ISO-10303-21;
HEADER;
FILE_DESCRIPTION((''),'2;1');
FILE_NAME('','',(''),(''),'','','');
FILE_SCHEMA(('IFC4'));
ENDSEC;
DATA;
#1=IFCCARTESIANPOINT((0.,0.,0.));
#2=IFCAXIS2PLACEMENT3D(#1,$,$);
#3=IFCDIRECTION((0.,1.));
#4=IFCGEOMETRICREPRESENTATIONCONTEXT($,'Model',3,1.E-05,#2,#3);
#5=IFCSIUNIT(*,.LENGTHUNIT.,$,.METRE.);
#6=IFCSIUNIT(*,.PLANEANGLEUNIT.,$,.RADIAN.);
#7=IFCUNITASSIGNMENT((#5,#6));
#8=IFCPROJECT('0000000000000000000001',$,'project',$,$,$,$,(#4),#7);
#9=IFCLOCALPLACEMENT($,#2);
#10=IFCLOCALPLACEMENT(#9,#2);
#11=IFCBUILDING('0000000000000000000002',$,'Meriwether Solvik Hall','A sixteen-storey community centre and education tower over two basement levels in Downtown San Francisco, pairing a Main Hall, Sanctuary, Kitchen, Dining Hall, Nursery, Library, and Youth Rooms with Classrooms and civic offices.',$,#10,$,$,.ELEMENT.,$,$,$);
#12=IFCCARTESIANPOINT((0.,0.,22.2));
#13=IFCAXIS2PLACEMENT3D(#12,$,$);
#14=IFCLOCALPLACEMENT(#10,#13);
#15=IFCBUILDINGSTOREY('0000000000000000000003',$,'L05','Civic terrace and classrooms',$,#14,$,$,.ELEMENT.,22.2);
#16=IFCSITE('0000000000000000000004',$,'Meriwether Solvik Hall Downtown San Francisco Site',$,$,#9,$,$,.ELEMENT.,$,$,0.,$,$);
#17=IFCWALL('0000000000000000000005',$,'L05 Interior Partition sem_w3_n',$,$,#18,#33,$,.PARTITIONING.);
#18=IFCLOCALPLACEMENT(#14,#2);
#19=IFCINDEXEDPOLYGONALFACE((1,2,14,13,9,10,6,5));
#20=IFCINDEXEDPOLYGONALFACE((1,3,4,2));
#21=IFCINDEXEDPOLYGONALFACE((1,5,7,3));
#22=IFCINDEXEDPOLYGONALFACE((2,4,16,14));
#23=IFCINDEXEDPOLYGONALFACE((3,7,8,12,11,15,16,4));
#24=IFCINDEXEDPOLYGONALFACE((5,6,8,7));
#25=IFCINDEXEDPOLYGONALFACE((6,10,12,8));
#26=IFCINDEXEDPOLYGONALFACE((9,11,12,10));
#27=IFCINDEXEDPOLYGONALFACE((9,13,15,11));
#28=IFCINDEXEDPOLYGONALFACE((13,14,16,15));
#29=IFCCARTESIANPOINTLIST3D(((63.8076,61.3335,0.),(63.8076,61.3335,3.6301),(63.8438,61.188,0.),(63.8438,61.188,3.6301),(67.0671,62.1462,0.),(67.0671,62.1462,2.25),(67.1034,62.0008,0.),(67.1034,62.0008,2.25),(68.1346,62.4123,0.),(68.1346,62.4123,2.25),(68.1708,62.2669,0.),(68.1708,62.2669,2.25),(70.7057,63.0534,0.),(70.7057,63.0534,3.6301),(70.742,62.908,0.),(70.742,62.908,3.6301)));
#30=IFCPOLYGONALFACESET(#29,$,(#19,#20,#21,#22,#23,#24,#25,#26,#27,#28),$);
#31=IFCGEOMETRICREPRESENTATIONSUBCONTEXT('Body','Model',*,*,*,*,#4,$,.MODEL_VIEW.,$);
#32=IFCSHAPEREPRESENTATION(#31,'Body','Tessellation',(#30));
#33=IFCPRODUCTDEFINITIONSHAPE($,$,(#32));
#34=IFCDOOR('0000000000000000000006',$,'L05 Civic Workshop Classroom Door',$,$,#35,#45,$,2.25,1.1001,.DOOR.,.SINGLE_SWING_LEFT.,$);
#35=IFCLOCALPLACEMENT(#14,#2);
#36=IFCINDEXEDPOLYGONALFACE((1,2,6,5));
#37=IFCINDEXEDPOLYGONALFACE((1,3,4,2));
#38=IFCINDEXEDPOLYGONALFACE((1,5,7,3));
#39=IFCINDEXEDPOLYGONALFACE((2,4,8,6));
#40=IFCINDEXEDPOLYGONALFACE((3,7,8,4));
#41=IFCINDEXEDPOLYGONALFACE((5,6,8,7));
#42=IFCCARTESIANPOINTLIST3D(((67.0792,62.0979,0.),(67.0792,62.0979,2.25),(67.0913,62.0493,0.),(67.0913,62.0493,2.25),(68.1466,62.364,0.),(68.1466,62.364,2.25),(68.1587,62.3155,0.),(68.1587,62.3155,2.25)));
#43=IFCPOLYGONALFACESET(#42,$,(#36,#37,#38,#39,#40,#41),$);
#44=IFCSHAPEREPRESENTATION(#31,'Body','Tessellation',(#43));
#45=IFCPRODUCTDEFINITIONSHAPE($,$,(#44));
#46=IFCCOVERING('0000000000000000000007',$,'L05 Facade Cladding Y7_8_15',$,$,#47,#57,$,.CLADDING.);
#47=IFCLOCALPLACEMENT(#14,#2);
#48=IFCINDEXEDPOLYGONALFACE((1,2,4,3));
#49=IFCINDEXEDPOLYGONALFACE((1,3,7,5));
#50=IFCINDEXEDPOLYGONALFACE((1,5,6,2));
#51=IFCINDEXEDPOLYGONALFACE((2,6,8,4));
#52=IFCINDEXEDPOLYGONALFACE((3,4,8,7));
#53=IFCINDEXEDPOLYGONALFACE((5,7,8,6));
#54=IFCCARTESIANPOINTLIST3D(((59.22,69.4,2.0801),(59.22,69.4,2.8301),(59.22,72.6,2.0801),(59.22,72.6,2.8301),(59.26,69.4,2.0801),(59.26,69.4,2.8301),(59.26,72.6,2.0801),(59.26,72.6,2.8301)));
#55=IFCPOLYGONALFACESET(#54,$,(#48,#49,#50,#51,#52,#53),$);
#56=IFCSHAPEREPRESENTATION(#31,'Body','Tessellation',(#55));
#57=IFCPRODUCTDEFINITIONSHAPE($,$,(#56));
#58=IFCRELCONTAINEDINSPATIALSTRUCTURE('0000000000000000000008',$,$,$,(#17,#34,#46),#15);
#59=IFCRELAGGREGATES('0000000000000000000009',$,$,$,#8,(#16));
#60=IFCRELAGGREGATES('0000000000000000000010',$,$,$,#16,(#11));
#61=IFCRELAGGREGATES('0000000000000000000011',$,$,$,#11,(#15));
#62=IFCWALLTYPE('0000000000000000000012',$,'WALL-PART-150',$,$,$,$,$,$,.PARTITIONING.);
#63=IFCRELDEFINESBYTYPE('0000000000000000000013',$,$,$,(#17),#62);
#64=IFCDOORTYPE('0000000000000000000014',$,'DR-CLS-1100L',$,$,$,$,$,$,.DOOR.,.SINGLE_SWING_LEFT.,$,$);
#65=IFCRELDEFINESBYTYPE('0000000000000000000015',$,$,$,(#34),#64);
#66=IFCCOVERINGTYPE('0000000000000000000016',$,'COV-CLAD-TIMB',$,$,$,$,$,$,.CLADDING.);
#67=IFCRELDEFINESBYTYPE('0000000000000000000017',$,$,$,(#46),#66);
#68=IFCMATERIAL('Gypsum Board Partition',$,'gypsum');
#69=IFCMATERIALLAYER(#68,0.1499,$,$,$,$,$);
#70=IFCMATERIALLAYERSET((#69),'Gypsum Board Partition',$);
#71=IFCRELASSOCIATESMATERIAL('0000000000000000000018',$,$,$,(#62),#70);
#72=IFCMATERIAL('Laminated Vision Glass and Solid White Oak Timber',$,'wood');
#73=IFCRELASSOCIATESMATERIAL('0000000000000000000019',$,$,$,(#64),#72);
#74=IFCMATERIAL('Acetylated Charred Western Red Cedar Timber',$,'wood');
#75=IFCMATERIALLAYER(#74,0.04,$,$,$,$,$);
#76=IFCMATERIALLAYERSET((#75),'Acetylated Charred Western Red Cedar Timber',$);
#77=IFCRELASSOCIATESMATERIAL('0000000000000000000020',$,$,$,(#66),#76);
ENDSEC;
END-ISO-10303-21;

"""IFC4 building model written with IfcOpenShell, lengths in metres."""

from ifc_helpers import new_model, si_unit, direction, frame, frame_2d, origin, origin_2d, place, context, subcontext, project, spatial, rectangle, extrude, material, layer, layer_set, type_object, element, fill, save


model = new_model("IFC4")

# Units and contexts
model_context = context("Model", 3, precision=1e-05, world=origin(), true_north=direction((0.0, 1.0)))
body_context = subcontext(model_context, "Body", "Model", "MODEL_VIEW")
ifc_project = project(units=[si_unit("LENGTHUNIT", "METRE"), si_unit("PLANEANGLEUNIT", "RADIAN")], contexts=[model_context])

# Site, building, storey
site_placement = place(None, origin())
site = spatial("IfcSite", under=ifc_project, at=site_placement, Name="Meriwether Solvik Hall Downtown San Francisco Site", CompositionType="ELEMENT", RefElevation=0.0)
building_placement = place(site_placement, origin())
building = spatial("IfcBuilding", under=site, at=building_placement, Name="Meriwether Solvik Hall", Description="A sixteen-storey community centre and education tower over two basement levels in Downtown San Francisco, pairing a Main Hall, Sanctuary, Kitchen, Dining Hall, Nursery, Library, and Youth Rooms with Classrooms and civic offices.", CompositionType="ELEMENT")
storey_placement = place(building_placement, frame((0.0, 0.0, 22.2)))
storey = spatial("IfcBuildingStorey", under=building, at=storey_placement, Name="L05", Description="Civic terrace and classrooms", CompositionType="ELEMENT", Elevation=22.2)

# Wall, opening, door
ifc_material_1 = material(Name="Gypsum Board Partition", Category="gypsum")
ifc_layer_1 = layer(ifc_material_1, 0.1499)
ifc_layer_set_1 = layer_set([ifc_layer_1], Name="Gypsum Board Partition")
wall_type_1 = type_object("IfcWallType", Name="WALL-PART-150", PredefinedType="PARTITIONING", material=ifc_layer_set_1)
wall_1_placement = place(storey_placement, frame((70.7239, 62.9807, 0.0), z_axis=(0.0, 0.0, 1.0), x_axis=(-0.970294, -0.24193, 0.0)))
wall_1 = element("IfcWall", 1, at=wall_1_placement, inside=storey, type_object=wall_type_1, Name="L05 Interior Partition sem_w3_n", PredefinedType="PARTITIONING", context=body_context, shape_type="SweptSolid", body=[
    extrude(rectangle(XDim=7.1094, YDim=0.1499, at=frame_2d((3.5547, 0.0))), origin(), (0.0, 0.0, 1.0), 3.6301),
])
opening_1_placement = place(wall_1_placement, frame((2.6499, 0.0, 0.0)))
opening_1 = element("IfcOpeningElement", 2, at=opening_1_placement, cuts=wall_1, PredefinedType="OPENING", context=body_context, shape_type="SweptSolid", body=[
    extrude(rectangle(XDim=1.1001, YDim=2.25, at=frame_2d((0.55, 1.125))), frame((0.0, 0.0869, 0.0), z_axis=(0.0, -1.0, 0.0), x_axis=(1.0, 0.0, 0.0)), (0.0, 0.0, 1.0), 0.1738),
])
ifc_material_2 = material(Name="Laminated Vision Glass and Solid White Oak Timber", Category="wood")
door_type_1 = type_object("IfcDoorType", Name="DR-CLS-1100L", OperationType="SINGLE_SWING_LEFT", PredefinedType="DOOR", material=ifc_material_2)
door_1_placement = place(opening_1_placement, origin())
door_1 = element("IfcDoor", 3, at=door_1_placement, inside=storey, type_object=door_type_1, Name="L05 Civic Workshop Classroom Door", OperationType="SINGLE_SWING_LEFT", OverallHeight=2.25, OverallWidth=1.1001, PredefinedType="DOOR", context=body_context, shape_type="SweptSolid", body=[
    extrude(rectangle(XDim=1.1001, YDim=2.25, at=frame_2d((0.55, 1.125))), frame((0.0, 0.0249, 0.0), z_axis=(0.0, -1.0, 0.0), x_axis=(1.0, 0.0, 0.0)), (0.0, 0.0, 1.0), 0.05),
])
fill(opening_1, door_1)

# Covering
ifc_material_3 = material(Name="Acetylated Charred Western Red Cedar Timber", Category="wood")
ifc_layer_2 = layer(ifc_material_3, 0.04)
ifc_layer_set_2 = layer_set([ifc_layer_2], Name="Acetylated Charred Western Red Cedar Timber")
covering_type = type_object("IfcCoveringType", Name="COV-CLAD-TIMB", PredefinedType="CLADDING", material=ifc_layer_set_2)
covering_placement = place(storey_placement, frame((59.24, 71.0, 2.0801), z_axis=(0.0, 0.0, 1.0), x_axis=(0.0, 1.0, 0.0)))
element("IfcCovering", 4, at=covering_placement, inside=storey, type_object=covering_type, Name="L05 Facade Cladding Y7_8_15", PredefinedType="CLADDING", context=body_context, shape_type="SweptSolid", body=[
    extrude(rectangle(XDim=3.2, YDim=0.04, at=origin_2d()), origin(), (0.0, 0.0, 1.0), 0.75),
])

save(model, "model.ifc")
